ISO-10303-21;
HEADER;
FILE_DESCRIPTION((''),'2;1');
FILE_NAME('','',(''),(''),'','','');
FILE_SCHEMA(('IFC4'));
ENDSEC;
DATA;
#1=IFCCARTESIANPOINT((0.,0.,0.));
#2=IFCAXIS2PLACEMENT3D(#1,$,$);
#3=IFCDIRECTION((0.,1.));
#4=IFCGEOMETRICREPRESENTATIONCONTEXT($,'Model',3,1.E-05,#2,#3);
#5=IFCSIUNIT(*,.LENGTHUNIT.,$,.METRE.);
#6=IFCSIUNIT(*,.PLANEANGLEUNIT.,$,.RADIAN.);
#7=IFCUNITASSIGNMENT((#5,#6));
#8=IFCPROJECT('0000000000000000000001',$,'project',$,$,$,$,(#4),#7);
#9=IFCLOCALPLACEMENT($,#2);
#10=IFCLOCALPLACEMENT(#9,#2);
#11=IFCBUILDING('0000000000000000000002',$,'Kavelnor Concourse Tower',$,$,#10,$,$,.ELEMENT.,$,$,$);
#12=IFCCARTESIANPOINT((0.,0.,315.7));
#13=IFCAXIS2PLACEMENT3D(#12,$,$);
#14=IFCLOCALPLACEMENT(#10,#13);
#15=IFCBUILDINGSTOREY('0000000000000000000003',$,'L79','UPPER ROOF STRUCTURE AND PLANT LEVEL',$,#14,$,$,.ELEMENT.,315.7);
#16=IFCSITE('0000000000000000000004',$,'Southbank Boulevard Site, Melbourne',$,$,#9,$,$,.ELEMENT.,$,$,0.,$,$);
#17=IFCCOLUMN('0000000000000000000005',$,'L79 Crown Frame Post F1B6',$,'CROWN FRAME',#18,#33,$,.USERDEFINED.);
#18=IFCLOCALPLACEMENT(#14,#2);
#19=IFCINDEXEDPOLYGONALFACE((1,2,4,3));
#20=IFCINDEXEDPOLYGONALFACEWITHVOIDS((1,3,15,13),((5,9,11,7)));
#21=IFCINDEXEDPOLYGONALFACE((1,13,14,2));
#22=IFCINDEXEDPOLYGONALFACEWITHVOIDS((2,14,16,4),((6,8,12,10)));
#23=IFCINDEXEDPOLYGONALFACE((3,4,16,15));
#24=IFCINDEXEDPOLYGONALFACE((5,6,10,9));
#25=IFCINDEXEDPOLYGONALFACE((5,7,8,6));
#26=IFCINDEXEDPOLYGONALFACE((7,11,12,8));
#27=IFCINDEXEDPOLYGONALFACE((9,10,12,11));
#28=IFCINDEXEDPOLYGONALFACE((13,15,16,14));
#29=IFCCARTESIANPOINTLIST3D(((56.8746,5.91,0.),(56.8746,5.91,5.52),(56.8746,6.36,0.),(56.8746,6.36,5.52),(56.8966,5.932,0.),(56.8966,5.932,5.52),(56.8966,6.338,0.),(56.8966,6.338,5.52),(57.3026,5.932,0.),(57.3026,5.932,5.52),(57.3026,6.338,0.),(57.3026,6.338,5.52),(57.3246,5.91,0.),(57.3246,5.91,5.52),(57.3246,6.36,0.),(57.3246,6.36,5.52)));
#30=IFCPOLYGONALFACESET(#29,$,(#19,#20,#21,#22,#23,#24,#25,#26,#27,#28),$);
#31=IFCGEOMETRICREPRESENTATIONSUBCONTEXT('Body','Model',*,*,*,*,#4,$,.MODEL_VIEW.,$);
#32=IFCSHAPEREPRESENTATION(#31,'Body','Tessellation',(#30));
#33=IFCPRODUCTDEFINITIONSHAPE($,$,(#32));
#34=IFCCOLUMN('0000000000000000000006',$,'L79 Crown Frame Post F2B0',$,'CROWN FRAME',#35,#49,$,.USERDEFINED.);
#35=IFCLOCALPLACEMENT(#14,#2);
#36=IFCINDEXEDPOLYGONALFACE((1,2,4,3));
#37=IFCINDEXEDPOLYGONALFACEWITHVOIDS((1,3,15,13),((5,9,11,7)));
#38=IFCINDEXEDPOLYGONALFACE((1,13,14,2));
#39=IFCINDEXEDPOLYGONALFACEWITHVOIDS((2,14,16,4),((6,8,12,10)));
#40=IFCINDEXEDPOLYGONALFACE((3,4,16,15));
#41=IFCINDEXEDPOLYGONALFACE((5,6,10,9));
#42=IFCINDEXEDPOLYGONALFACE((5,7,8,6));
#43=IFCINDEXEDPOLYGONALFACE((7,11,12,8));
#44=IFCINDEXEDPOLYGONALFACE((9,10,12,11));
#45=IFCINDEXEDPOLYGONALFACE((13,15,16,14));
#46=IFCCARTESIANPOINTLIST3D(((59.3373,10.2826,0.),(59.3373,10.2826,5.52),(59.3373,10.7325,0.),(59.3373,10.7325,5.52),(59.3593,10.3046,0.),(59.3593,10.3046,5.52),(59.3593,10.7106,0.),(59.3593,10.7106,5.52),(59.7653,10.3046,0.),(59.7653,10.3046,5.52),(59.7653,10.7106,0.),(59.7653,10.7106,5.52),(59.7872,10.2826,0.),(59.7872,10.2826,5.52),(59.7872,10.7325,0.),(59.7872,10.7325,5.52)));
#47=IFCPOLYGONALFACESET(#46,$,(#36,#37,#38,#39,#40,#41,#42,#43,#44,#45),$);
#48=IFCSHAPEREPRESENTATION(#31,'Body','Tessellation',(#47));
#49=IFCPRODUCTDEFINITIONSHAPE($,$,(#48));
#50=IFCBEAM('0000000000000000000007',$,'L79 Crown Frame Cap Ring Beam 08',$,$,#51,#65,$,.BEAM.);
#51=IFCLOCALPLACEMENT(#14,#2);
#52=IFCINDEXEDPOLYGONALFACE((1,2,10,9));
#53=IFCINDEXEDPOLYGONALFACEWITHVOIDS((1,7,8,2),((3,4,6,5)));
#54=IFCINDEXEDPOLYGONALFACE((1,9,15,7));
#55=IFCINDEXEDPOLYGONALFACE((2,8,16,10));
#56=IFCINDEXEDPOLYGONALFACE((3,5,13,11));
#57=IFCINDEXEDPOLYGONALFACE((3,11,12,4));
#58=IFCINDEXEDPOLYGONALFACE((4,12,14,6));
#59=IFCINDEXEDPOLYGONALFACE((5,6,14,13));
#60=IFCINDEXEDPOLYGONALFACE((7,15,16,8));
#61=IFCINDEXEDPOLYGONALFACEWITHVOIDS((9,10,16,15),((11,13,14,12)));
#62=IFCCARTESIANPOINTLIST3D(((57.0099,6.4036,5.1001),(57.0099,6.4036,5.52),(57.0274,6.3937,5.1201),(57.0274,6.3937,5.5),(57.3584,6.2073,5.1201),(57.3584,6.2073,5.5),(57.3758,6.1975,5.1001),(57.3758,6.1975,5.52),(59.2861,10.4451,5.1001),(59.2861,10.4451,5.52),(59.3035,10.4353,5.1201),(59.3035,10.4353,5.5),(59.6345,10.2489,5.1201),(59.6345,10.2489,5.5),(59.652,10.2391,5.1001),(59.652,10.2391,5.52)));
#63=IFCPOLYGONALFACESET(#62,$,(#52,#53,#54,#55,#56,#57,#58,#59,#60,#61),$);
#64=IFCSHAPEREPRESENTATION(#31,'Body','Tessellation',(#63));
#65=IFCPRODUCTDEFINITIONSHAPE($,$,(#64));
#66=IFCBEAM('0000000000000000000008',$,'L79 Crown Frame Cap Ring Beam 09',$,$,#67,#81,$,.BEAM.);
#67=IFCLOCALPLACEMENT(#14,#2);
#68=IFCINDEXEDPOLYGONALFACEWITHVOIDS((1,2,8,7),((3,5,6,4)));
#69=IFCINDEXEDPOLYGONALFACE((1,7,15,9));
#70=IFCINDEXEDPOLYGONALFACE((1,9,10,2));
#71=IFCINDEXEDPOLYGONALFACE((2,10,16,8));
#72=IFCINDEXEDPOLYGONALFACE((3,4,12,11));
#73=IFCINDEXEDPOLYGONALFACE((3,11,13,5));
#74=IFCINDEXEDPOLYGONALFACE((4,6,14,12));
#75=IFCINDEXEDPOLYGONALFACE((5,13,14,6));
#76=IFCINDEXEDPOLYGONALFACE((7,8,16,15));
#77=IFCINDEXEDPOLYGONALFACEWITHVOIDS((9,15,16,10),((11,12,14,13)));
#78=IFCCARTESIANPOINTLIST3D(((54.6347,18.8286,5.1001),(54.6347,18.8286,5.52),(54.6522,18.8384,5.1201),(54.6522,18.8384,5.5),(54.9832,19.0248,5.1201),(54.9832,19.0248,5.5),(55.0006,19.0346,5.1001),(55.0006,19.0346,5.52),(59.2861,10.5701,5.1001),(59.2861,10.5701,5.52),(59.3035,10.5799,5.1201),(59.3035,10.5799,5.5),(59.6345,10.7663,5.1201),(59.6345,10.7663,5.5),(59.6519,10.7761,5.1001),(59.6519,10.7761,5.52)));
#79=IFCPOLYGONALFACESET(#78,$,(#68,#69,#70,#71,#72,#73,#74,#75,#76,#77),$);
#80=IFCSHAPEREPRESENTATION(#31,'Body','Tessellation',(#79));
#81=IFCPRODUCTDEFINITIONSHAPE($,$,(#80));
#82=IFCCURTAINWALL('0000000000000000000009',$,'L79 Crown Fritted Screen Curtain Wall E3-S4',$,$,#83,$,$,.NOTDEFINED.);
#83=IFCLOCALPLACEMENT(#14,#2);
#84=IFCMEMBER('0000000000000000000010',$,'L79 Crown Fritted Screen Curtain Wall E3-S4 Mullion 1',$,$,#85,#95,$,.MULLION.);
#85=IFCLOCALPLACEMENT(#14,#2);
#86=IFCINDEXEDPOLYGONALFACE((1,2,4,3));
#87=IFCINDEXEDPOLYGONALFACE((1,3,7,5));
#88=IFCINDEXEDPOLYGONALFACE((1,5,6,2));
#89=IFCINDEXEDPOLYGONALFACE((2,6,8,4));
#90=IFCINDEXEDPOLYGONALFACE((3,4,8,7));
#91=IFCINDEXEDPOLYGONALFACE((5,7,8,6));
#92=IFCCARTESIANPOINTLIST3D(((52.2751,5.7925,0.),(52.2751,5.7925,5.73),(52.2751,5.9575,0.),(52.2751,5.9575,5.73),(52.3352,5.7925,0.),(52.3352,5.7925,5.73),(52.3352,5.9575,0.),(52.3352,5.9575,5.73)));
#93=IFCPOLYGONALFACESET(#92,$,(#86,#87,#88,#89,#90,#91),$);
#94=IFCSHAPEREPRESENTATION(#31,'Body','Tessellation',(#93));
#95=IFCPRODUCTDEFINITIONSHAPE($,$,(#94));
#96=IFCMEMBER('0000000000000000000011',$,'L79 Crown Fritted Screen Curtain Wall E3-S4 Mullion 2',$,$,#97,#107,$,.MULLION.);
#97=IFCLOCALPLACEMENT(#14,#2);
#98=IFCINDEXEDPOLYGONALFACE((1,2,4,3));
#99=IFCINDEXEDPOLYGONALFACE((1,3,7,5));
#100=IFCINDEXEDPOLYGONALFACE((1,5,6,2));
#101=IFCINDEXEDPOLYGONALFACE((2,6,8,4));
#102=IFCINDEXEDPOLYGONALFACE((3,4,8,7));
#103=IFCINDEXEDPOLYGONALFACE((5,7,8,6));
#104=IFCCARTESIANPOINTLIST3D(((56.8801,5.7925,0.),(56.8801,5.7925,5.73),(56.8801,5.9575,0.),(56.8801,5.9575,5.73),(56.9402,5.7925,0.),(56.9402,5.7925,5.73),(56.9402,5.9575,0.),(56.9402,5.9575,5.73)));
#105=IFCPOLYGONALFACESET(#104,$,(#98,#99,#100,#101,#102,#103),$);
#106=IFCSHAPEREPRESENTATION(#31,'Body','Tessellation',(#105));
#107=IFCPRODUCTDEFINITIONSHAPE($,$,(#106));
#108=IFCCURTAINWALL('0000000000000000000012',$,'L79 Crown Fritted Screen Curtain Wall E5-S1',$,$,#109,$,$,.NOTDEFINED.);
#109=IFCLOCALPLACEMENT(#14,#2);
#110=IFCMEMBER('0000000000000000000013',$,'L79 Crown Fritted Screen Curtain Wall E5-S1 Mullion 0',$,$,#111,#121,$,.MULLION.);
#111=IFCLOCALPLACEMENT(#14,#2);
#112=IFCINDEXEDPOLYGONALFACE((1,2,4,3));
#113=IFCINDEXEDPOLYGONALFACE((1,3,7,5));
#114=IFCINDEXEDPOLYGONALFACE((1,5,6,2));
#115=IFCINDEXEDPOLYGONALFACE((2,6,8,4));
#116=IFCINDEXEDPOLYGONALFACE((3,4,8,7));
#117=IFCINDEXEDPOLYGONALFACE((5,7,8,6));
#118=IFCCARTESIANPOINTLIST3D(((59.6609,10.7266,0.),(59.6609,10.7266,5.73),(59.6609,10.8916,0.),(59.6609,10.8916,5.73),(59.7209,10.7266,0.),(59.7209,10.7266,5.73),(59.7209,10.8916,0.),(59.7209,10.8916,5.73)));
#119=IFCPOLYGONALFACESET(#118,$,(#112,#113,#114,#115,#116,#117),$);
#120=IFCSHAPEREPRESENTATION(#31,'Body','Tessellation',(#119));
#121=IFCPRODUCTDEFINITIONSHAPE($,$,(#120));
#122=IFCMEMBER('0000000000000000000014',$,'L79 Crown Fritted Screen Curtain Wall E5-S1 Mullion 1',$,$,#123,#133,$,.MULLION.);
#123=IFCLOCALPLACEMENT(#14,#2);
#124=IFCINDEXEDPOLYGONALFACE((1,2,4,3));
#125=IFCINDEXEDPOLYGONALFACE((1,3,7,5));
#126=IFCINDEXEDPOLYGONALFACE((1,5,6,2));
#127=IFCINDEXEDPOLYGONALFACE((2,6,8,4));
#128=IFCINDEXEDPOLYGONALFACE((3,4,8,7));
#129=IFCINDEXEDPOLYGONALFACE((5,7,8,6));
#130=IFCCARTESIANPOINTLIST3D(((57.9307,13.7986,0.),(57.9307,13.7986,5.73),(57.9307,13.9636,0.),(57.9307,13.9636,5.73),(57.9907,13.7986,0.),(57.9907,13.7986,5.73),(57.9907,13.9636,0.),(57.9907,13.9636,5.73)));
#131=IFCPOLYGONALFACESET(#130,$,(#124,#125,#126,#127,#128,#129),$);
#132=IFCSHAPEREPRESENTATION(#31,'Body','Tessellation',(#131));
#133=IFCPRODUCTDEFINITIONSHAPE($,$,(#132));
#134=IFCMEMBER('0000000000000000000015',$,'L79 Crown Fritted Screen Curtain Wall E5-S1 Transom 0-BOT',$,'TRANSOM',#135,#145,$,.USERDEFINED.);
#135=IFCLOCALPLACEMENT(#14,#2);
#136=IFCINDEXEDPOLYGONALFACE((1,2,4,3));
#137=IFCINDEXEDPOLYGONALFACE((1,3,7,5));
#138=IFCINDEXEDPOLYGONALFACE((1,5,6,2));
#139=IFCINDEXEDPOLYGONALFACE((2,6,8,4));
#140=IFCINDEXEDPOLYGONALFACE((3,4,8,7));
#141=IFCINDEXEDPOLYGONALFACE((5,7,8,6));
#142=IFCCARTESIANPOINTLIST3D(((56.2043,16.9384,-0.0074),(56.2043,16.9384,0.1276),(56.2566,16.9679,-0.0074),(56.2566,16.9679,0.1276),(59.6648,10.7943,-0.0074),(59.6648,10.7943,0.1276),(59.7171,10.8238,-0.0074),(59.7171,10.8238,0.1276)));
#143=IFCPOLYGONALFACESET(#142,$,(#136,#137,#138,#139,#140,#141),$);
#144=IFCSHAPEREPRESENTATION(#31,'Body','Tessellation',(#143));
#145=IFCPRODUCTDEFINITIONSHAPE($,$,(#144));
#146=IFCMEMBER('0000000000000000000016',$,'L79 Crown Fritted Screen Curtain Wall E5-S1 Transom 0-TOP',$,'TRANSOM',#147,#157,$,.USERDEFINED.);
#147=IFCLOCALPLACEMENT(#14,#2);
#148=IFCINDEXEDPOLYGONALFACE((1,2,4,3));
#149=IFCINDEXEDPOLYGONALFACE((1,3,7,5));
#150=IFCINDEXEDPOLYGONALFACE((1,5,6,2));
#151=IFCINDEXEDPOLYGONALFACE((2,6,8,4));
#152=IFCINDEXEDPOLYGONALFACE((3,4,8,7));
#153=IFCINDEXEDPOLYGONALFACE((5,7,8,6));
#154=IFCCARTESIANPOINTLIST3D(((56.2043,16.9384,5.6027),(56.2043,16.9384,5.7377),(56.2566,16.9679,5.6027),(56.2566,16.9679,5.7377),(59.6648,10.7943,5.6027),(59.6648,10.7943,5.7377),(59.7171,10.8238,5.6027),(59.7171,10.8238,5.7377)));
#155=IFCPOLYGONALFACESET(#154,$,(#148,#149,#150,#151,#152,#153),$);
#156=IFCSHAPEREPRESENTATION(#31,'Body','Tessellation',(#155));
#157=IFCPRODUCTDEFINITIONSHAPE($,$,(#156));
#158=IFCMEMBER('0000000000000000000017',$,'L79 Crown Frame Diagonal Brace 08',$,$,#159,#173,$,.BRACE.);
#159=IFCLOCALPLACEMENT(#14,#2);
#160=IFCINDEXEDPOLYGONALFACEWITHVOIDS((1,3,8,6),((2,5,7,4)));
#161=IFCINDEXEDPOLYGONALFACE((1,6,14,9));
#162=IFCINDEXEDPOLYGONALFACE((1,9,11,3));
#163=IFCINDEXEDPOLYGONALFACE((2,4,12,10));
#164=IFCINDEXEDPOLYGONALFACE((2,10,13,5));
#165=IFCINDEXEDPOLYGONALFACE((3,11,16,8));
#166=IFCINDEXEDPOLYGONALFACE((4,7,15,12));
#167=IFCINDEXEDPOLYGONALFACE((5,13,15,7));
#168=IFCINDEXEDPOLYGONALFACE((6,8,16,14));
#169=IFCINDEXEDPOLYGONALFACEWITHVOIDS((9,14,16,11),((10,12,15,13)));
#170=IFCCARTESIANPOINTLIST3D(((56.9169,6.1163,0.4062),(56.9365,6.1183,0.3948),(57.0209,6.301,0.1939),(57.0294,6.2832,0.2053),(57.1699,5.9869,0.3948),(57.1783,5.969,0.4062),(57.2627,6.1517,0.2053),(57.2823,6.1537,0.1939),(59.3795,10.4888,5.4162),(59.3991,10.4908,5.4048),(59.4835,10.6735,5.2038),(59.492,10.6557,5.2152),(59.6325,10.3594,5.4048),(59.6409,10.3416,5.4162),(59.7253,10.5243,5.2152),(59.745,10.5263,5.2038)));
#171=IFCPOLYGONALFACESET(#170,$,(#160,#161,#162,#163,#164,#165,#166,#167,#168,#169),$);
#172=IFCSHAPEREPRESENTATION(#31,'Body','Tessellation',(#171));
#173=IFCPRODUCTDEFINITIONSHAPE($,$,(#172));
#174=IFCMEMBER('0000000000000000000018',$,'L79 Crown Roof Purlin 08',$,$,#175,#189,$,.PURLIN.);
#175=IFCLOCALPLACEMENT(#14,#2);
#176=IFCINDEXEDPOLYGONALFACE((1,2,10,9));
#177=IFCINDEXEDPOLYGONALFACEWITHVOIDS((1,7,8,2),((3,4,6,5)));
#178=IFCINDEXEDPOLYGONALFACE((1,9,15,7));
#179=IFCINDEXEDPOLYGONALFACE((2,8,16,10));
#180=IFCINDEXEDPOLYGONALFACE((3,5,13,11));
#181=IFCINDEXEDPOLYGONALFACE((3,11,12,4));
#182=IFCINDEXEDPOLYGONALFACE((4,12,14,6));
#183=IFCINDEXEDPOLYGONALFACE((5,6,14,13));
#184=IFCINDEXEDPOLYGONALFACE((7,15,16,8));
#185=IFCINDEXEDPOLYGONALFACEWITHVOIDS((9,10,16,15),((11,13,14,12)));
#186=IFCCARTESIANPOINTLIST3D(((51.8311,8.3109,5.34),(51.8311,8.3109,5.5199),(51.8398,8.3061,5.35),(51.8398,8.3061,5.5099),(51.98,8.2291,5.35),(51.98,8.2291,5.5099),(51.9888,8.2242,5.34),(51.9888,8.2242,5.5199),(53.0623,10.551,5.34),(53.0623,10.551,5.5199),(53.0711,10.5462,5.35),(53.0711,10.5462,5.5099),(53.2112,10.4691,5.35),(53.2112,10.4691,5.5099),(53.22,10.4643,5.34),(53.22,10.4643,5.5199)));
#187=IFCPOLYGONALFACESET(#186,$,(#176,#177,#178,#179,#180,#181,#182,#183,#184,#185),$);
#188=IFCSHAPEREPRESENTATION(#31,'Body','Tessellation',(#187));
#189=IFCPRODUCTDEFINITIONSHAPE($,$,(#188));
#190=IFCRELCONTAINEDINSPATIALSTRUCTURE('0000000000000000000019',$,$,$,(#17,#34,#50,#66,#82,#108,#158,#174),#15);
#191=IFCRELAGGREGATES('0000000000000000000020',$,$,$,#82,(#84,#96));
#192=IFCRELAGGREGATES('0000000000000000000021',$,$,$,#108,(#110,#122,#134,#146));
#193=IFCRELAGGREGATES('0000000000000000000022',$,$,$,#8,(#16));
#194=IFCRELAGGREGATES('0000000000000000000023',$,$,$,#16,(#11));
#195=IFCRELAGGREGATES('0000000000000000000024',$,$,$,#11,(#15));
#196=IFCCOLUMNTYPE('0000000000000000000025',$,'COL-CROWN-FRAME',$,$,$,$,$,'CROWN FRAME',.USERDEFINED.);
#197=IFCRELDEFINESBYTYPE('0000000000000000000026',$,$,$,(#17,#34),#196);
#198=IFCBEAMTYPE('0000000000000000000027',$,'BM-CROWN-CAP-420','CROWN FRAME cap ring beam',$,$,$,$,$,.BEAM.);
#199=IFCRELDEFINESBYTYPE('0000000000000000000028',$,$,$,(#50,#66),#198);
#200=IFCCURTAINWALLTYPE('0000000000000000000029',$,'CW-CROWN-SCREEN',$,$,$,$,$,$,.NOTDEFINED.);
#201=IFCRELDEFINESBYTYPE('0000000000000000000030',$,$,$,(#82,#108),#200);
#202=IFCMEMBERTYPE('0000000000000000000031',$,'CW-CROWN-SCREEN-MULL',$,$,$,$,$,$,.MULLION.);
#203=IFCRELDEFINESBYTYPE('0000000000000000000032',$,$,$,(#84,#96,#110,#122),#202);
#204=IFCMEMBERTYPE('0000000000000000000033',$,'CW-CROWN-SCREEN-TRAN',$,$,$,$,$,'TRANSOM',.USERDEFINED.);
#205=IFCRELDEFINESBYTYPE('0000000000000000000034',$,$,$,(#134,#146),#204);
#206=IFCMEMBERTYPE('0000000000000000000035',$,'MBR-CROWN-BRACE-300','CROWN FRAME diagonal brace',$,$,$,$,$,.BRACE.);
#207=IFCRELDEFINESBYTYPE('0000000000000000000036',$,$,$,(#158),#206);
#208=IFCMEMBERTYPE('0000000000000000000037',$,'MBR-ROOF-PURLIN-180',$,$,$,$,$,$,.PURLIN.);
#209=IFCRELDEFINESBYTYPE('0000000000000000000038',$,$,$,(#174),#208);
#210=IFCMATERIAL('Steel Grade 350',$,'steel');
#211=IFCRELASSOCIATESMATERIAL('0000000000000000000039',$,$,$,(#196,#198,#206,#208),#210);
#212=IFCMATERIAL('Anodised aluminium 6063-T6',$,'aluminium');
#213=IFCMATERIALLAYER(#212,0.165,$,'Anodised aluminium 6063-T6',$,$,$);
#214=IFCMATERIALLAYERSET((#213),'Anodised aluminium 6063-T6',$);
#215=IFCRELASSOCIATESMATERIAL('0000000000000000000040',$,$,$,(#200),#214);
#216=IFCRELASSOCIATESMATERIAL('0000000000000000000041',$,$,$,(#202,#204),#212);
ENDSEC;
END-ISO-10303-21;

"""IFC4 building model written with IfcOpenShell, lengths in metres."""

from ifc_helpers import new_model, si_unit, direction, frame, origin, origin_2d, place, context, subcontext, project, spatial, rectangle, hollow_rectangle, extrude, material, layer, layer_set, material_profile, profile_set, type_object, element, aggregate, save


model = new_model("IFC4")

# Units and contexts
model_context = context("Model", 3, precision=1e-05, world=origin(), true_north=direction((0.0, 1.0)))
body_context = subcontext(model_context, "Body", "Model", "MODEL_VIEW")
ifc_project = project(units=[si_unit("LENGTHUNIT", "METRE"), si_unit("PLANEANGLEUNIT", "RADIAN")], contexts=[model_context])

# Site, building, storey
site_placement = place(None, origin())
site = spatial("IfcSite", under=ifc_project, at=site_placement, Name="Southbank Boulevard Site, Melbourne", CompositionType="ELEMENT", RefElevation=0.0)
building_placement = place(site_placement, origin())
building = spatial("IfcBuilding", under=site, at=building_placement, Name="Kavelnor Concourse Tower", CompositionType="ELEMENT")
storey_placement = place(building_placement, frame((0.0, 0.0, 315.7)))
storey = spatial("IfcBuildingStorey", under=building, at=storey_placement, Name="L79", Description="UPPER ROOF STRUCTURE AND PLANT LEVEL", CompositionType="ELEMENT", Elevation=315.7)

# Columns
ifc_material_1 = material(Name="Steel Grade 350", Category="steel")
ifc_material_profile_1 = material_profile(ifc_material_1, hollow_rectangle(XDim=0.45, YDim=0.45, WallThickness=0.022, at=origin_2d()), Name="SHS 450x450x22")
ifc_profile_set_1 = profile_set([ifc_material_profile_1], Name="Steel Grade 350")
column_type = type_object("IfcColumnType", Name="COL-CROWN-FRAME", ElementType="CROWN FRAME", PredefinedType="USERDEFINED", material=ifc_profile_set_1)
for number, where, z_axis, x_axis, name in (
    (1, (57.0996, 6.135, 0.0), (0.0, 0.0, 1.0), (1.0, 0.0, 0.0), "L79 Crown Frame Post F1B6"),
    (2, (59.5623, 10.5076, 0.0), (0.0, 0.0, 1.0), (1.0, 0.0, 0.0), "L79 Crown Frame Post F2B0"),
):
    element("IfcColumn", number, at=place(storey_placement, frame(where, z_axis=z_axis, x_axis=x_axis)), inside=storey, type_object=column_type, Name=name, ObjectType="CROWN FRAME", PredefinedType="USERDEFINED", context=body_context, shape_type="SweptSolid", body=[
        extrude(hollow_rectangle(XDim=0.45, YDim=0.45, WallThickness=0.022, at=origin_2d()), origin(), (0.0, 0.0, 1.0), 5.52),
    ])

# Beams
ifc_material_profile_2 = material_profile(ifc_material_1, hollow_rectangle(XDim=0.4199, YDim=0.4199, WallThickness=0.02, at=origin_2d()), Name="RHS 420x420x20")
ifc_profile_set_2 = profile_set([ifc_material_profile_2], Name="Steel Grade 350")
beam_type = type_object("IfcBeamType", Name="BM-CROWN-CAP-420", Description="CROWN FRAME cap ring beam", PredefinedType="BEAM", material=ifc_profile_set_2)
beam_1_placement = place(storey_placement, frame((57.1929, 6.3005, 5.3101), z_axis=(0.490716, 0.87132, 0.0), x_axis=(-0.87132, 0.490716, 0.0)))
element("IfcBeam", 3, at=beam_1_placement, inside=storey, type_object=beam_type, Name="L79 Crown Frame Cap Ring Beam 08", PredefinedType="BEAM", context=body_context, shape_type="SweptSolid", body=[
    extrude(hollow_rectangle(XDim=0.4199, YDim=0.4199, WallThickness=0.02, at=origin_2d()), origin(), (0.0, 0.0, 1.0), 4.6384),
])
beam_2_placement = place(storey_placement, frame((59.469, 10.6731, 5.3101), z_axis=(-0.490737, 0.871308, 0.0), x_axis=(-0.871308, -0.490737, 0.0)))
element("IfcBeam", 4, at=beam_2_placement, inside=storey, type_object=beam_type, Name="L79 Crown Frame Cap Ring Beam 09", PredefinedType="BEAM", context=body_context, shape_type="SweptSolid", body=[
    extrude(hollow_rectangle(XDim=0.4199, YDim=0.4199, WallThickness=0.02, at=origin_2d()), origin(), (0.0, 0.0, 1.0), 9.4783),
])

# Curtain walls, members
ifc_material_2 = material(Name="Anodised aluminium 6063-T6", Category="aluminium")
ifc_layer_1 = layer(ifc_material_2, 0.165, Name="Anodised aluminium 6063-T6")
ifc_layer_set_1 = layer_set([ifc_layer_1], Name="Anodised aluminium 6063-T6")
curtain_wall_type = type_object("IfcCurtainWallType", Name="CW-CROWN-SCREEN", PredefinedType="NOTDEFINED", material=ifc_layer_set_1)
curtain_wall_1_placement = place(storey_placement, origin())
curtain_wall_1 = element("IfcCurtainWall", 5, at=curtain_wall_1_placement, inside=storey, type_object=curtain_wall_type, Name="L79 Crown Fritted Screen Curtain Wall E3-S4", PredefinedType="NOTDEFINED")
ifc_material_profile_3 = material_profile(ifc_material_2, rectangle(XDim=0.0601, YDim=0.165, at=origin_2d()), Name="AL-MULL 60x165")
ifc_profile_set_3 = profile_set([ifc_material_profile_3], Name="Anodised aluminium 6063-T6")
member_type_1 = type_object("IfcMemberType", Name="CW-CROWN-SCREEN-MULL", PredefinedType="MULLION", material=ifc_profile_set_3)
member_1_placement = place(storey_placement, frame((52.3052, 5.875, 0.0), z_axis=(0.0, 0.0, 1.0), x_axis=(1.0, 0.0, 0.0)))
member_1 = element("IfcMember", 6, at=member_1_placement, type_object=member_type_1, Name="L79 Crown Fritted Screen Curtain Wall E3-S4 Mullion 1", PredefinedType="MULLION", context=body_context, shape_type="SweptSolid", body=[
    extrude(rectangle(XDim=0.0601, YDim=0.165, at=origin_2d()), origin(), (0.0, 0.0, 1.0), 5.73),
])
member_2_placement = place(storey_placement, frame((56.9102, 5.875, 0.0), z_axis=(0.0, 0.0, 1.0), x_axis=(1.0, 0.0, 0.0)))
member_2 = element("IfcMember", 7, at=member_2_placement, type_object=member_type_1, Name="L79 Crown Fritted Screen Curtain Wall E3-S4 Mullion 2", PredefinedType="MULLION", context=body_context, shape_type="SweptSolid", body=[
    extrude(rectangle(XDim=0.0601, YDim=0.165, at=origin_2d()), origin(), (0.0, 0.0, 1.0), 5.73),
])
curtain_wall_2_placement = place(storey_placement, origin())
curtain_wall_2 = element("IfcCurtainWall", 8, at=curtain_wall_2_placement, inside=storey, type_object=curtain_wall_type, Name="L79 Crown Fritted Screen Curtain Wall E5-S1", PredefinedType="NOTDEFINED")
member_3_placement = place(storey_placement, frame((59.6909, 10.8091, 0.0), z_axis=(0.0, 0.0, 1.0), x_axis=(1.0, 0.0, 0.0)))
member_3 = element("IfcMember", 9, at=member_3_placement, type_object=member_type_1, Name="L79 Crown Fritted Screen Curtain Wall E5-S1 Mullion 0", PredefinedType="MULLION", context=body_context, shape_type="SweptSolid", body=[
    extrude(rectangle(XDim=0.0601, YDim=0.165, at=origin_2d()), origin(), (0.0, 0.0, 1.0), 5.73),
])
member_4_placement = place(storey_placement, frame((57.9607, 13.8811, 0.0), z_axis=(0.0, 0.0, 1.0), x_axis=(1.0, 0.0, 0.0)))
member_4 = element("IfcMember", 10, at=member_4_placement, type_object=member_type_1, Name="L79 Crown Fritted Screen Curtain Wall E5-S1 Mullion 1", PredefinedType="MULLION", context=body_context, shape_type="SweptSolid", body=[
    extrude(rectangle(XDim=0.0601, YDim=0.165, at=origin_2d()), origin(), (0.0, 0.0, 1.0), 5.73),
])
ifc_material_profile_4 = material_profile(ifc_material_2, rectangle(XDim=0.0601, YDim=0.135, at=origin_2d()), Name="AL-TRAN 60x135")
ifc_profile_set_4 = profile_set([ifc_material_profile_4], Name="Anodised aluminium 6063-T6")
member_type_2 = type_object("IfcMemberType", Name="CW-CROWN-SCREEN-TRAN", ElementType="TRANSOM", PredefinedType="USERDEFINED", material=ifc_profile_set_4)
member_5_placement = place(storey_placement, frame((59.6909, 10.8091, 0.0601), z_axis=(-0.490738, 0.871307, 0.0), x_axis=(-0.871307, -0.490738, 0.0)))
member_5 = element("IfcMember", 11, at=member_5_placement, type_object=member_type_2, Name="L79 Crown Fritted Screen Curtain Wall E5-S1 Transom 0-BOT", ObjectType="TRANSOM", PredefinedType="USERDEFINED", context=body_context, shape_type="SweptSolid", body=[
    extrude(rectangle(XDim=0.0601, YDim=0.135, at=origin_2d()), origin(), (0.0, 0.0, 1.0), 7.0515),
])
member_6_placement = place(storey_placement, frame((59.6909, 10.8091, 5.6702), z_axis=(-0.490738, 0.871307, 0.0), x_axis=(-0.871307, -0.490738, 0.0)))
member_6 = element("IfcMember", 12, at=member_6_placement, type_object=member_type_2, Name="L79 Crown Fritted Screen Curtain Wall E5-S1 Transom 0-TOP", ObjectType="TRANSOM", PredefinedType="USERDEFINED", context=body_context, shape_type="SweptSolid", body=[
    extrude(rectangle(XDim=0.0601, YDim=0.135, at=origin_2d()), origin(), (0.0, 0.0, 1.0), 7.0515),
])

# Members
ifc_material_profile_5 = material_profile(ifc_material_1, hollow_rectangle(XDim=0.3, YDim=0.3, WallThickness=0.0161, at=origin_2d()), Name="SHS 300x300x16")
ifc_profile_set_5 = profile_set([ifc_material_profile_5], Name="Steel Grade 350")
member_type_3 = type_object("IfcMemberType", Name="MBR-CROWN-BRACE-300", Description="CROWN FRAME diagonal brace", PredefinedType="BRACE", material=ifc_profile_set_5)
member_7_placement = place(storey_placement, frame((57.0996, 6.135, 0.3), z_axis=(0.347286, 0.616624, 0.706518), x_axis=(-0.871313, 0.490728, 0.0)))
element("IfcMember", 13, at=member_7_placement, inside=storey, type_object=member_type_3, Name="L79 Crown Frame Diagonal Brace 08", PredefinedType="BRACE", context=body_context, shape_type="SweptSolid", body=[
    extrude(hollow_rectangle(XDim=0.3, YDim=0.3, WallThickness=0.0161, at=origin_2d()), origin(), (0.0, 0.0, 1.0), 7.0911),
])
ifc_material_profile_6 = material_profile(ifc_material_1, hollow_rectangle(XDim=0.1799, YDim=0.1799, WallThickness=0.01, at=origin_2d()), Name="SHS 180x180x10")
ifc_profile_set_6 = profile_set([ifc_material_profile_6], Name="Steel Grade 350")
member_type_4 = type_object("IfcMemberType", Name="MBR-ROOF-PURLIN-180", PredefinedType="PURLIN", material=ifc_profile_set_6)
member_8_placement = place(storey_placement, frame((51.9099, 8.2676, 5.4299), z_axis=(0.48168, 0.876347, 0.0), x_axis=(-0.876347, 0.48168, 0.0)))
element("IfcMember", 14, at=member_8_placement, inside=storey, type_object=member_type_4, Name="L79 Crown Roof Purlin 08", PredefinedType="PURLIN", context=body_context, shape_type="SweptSolid", body=[
    extrude(hollow_rectangle(XDim=0.1799, YDim=0.1799, WallThickness=0.01, at=origin_2d()), origin(), (0.0, 0.0, 1.0), 2.5562),
])

aggregate(curtain_wall_1, [member_1, member_2])
aggregate(curtain_wall_2, [member_3, member_4, member_5, member_6])

save(model, "model.ifc")
